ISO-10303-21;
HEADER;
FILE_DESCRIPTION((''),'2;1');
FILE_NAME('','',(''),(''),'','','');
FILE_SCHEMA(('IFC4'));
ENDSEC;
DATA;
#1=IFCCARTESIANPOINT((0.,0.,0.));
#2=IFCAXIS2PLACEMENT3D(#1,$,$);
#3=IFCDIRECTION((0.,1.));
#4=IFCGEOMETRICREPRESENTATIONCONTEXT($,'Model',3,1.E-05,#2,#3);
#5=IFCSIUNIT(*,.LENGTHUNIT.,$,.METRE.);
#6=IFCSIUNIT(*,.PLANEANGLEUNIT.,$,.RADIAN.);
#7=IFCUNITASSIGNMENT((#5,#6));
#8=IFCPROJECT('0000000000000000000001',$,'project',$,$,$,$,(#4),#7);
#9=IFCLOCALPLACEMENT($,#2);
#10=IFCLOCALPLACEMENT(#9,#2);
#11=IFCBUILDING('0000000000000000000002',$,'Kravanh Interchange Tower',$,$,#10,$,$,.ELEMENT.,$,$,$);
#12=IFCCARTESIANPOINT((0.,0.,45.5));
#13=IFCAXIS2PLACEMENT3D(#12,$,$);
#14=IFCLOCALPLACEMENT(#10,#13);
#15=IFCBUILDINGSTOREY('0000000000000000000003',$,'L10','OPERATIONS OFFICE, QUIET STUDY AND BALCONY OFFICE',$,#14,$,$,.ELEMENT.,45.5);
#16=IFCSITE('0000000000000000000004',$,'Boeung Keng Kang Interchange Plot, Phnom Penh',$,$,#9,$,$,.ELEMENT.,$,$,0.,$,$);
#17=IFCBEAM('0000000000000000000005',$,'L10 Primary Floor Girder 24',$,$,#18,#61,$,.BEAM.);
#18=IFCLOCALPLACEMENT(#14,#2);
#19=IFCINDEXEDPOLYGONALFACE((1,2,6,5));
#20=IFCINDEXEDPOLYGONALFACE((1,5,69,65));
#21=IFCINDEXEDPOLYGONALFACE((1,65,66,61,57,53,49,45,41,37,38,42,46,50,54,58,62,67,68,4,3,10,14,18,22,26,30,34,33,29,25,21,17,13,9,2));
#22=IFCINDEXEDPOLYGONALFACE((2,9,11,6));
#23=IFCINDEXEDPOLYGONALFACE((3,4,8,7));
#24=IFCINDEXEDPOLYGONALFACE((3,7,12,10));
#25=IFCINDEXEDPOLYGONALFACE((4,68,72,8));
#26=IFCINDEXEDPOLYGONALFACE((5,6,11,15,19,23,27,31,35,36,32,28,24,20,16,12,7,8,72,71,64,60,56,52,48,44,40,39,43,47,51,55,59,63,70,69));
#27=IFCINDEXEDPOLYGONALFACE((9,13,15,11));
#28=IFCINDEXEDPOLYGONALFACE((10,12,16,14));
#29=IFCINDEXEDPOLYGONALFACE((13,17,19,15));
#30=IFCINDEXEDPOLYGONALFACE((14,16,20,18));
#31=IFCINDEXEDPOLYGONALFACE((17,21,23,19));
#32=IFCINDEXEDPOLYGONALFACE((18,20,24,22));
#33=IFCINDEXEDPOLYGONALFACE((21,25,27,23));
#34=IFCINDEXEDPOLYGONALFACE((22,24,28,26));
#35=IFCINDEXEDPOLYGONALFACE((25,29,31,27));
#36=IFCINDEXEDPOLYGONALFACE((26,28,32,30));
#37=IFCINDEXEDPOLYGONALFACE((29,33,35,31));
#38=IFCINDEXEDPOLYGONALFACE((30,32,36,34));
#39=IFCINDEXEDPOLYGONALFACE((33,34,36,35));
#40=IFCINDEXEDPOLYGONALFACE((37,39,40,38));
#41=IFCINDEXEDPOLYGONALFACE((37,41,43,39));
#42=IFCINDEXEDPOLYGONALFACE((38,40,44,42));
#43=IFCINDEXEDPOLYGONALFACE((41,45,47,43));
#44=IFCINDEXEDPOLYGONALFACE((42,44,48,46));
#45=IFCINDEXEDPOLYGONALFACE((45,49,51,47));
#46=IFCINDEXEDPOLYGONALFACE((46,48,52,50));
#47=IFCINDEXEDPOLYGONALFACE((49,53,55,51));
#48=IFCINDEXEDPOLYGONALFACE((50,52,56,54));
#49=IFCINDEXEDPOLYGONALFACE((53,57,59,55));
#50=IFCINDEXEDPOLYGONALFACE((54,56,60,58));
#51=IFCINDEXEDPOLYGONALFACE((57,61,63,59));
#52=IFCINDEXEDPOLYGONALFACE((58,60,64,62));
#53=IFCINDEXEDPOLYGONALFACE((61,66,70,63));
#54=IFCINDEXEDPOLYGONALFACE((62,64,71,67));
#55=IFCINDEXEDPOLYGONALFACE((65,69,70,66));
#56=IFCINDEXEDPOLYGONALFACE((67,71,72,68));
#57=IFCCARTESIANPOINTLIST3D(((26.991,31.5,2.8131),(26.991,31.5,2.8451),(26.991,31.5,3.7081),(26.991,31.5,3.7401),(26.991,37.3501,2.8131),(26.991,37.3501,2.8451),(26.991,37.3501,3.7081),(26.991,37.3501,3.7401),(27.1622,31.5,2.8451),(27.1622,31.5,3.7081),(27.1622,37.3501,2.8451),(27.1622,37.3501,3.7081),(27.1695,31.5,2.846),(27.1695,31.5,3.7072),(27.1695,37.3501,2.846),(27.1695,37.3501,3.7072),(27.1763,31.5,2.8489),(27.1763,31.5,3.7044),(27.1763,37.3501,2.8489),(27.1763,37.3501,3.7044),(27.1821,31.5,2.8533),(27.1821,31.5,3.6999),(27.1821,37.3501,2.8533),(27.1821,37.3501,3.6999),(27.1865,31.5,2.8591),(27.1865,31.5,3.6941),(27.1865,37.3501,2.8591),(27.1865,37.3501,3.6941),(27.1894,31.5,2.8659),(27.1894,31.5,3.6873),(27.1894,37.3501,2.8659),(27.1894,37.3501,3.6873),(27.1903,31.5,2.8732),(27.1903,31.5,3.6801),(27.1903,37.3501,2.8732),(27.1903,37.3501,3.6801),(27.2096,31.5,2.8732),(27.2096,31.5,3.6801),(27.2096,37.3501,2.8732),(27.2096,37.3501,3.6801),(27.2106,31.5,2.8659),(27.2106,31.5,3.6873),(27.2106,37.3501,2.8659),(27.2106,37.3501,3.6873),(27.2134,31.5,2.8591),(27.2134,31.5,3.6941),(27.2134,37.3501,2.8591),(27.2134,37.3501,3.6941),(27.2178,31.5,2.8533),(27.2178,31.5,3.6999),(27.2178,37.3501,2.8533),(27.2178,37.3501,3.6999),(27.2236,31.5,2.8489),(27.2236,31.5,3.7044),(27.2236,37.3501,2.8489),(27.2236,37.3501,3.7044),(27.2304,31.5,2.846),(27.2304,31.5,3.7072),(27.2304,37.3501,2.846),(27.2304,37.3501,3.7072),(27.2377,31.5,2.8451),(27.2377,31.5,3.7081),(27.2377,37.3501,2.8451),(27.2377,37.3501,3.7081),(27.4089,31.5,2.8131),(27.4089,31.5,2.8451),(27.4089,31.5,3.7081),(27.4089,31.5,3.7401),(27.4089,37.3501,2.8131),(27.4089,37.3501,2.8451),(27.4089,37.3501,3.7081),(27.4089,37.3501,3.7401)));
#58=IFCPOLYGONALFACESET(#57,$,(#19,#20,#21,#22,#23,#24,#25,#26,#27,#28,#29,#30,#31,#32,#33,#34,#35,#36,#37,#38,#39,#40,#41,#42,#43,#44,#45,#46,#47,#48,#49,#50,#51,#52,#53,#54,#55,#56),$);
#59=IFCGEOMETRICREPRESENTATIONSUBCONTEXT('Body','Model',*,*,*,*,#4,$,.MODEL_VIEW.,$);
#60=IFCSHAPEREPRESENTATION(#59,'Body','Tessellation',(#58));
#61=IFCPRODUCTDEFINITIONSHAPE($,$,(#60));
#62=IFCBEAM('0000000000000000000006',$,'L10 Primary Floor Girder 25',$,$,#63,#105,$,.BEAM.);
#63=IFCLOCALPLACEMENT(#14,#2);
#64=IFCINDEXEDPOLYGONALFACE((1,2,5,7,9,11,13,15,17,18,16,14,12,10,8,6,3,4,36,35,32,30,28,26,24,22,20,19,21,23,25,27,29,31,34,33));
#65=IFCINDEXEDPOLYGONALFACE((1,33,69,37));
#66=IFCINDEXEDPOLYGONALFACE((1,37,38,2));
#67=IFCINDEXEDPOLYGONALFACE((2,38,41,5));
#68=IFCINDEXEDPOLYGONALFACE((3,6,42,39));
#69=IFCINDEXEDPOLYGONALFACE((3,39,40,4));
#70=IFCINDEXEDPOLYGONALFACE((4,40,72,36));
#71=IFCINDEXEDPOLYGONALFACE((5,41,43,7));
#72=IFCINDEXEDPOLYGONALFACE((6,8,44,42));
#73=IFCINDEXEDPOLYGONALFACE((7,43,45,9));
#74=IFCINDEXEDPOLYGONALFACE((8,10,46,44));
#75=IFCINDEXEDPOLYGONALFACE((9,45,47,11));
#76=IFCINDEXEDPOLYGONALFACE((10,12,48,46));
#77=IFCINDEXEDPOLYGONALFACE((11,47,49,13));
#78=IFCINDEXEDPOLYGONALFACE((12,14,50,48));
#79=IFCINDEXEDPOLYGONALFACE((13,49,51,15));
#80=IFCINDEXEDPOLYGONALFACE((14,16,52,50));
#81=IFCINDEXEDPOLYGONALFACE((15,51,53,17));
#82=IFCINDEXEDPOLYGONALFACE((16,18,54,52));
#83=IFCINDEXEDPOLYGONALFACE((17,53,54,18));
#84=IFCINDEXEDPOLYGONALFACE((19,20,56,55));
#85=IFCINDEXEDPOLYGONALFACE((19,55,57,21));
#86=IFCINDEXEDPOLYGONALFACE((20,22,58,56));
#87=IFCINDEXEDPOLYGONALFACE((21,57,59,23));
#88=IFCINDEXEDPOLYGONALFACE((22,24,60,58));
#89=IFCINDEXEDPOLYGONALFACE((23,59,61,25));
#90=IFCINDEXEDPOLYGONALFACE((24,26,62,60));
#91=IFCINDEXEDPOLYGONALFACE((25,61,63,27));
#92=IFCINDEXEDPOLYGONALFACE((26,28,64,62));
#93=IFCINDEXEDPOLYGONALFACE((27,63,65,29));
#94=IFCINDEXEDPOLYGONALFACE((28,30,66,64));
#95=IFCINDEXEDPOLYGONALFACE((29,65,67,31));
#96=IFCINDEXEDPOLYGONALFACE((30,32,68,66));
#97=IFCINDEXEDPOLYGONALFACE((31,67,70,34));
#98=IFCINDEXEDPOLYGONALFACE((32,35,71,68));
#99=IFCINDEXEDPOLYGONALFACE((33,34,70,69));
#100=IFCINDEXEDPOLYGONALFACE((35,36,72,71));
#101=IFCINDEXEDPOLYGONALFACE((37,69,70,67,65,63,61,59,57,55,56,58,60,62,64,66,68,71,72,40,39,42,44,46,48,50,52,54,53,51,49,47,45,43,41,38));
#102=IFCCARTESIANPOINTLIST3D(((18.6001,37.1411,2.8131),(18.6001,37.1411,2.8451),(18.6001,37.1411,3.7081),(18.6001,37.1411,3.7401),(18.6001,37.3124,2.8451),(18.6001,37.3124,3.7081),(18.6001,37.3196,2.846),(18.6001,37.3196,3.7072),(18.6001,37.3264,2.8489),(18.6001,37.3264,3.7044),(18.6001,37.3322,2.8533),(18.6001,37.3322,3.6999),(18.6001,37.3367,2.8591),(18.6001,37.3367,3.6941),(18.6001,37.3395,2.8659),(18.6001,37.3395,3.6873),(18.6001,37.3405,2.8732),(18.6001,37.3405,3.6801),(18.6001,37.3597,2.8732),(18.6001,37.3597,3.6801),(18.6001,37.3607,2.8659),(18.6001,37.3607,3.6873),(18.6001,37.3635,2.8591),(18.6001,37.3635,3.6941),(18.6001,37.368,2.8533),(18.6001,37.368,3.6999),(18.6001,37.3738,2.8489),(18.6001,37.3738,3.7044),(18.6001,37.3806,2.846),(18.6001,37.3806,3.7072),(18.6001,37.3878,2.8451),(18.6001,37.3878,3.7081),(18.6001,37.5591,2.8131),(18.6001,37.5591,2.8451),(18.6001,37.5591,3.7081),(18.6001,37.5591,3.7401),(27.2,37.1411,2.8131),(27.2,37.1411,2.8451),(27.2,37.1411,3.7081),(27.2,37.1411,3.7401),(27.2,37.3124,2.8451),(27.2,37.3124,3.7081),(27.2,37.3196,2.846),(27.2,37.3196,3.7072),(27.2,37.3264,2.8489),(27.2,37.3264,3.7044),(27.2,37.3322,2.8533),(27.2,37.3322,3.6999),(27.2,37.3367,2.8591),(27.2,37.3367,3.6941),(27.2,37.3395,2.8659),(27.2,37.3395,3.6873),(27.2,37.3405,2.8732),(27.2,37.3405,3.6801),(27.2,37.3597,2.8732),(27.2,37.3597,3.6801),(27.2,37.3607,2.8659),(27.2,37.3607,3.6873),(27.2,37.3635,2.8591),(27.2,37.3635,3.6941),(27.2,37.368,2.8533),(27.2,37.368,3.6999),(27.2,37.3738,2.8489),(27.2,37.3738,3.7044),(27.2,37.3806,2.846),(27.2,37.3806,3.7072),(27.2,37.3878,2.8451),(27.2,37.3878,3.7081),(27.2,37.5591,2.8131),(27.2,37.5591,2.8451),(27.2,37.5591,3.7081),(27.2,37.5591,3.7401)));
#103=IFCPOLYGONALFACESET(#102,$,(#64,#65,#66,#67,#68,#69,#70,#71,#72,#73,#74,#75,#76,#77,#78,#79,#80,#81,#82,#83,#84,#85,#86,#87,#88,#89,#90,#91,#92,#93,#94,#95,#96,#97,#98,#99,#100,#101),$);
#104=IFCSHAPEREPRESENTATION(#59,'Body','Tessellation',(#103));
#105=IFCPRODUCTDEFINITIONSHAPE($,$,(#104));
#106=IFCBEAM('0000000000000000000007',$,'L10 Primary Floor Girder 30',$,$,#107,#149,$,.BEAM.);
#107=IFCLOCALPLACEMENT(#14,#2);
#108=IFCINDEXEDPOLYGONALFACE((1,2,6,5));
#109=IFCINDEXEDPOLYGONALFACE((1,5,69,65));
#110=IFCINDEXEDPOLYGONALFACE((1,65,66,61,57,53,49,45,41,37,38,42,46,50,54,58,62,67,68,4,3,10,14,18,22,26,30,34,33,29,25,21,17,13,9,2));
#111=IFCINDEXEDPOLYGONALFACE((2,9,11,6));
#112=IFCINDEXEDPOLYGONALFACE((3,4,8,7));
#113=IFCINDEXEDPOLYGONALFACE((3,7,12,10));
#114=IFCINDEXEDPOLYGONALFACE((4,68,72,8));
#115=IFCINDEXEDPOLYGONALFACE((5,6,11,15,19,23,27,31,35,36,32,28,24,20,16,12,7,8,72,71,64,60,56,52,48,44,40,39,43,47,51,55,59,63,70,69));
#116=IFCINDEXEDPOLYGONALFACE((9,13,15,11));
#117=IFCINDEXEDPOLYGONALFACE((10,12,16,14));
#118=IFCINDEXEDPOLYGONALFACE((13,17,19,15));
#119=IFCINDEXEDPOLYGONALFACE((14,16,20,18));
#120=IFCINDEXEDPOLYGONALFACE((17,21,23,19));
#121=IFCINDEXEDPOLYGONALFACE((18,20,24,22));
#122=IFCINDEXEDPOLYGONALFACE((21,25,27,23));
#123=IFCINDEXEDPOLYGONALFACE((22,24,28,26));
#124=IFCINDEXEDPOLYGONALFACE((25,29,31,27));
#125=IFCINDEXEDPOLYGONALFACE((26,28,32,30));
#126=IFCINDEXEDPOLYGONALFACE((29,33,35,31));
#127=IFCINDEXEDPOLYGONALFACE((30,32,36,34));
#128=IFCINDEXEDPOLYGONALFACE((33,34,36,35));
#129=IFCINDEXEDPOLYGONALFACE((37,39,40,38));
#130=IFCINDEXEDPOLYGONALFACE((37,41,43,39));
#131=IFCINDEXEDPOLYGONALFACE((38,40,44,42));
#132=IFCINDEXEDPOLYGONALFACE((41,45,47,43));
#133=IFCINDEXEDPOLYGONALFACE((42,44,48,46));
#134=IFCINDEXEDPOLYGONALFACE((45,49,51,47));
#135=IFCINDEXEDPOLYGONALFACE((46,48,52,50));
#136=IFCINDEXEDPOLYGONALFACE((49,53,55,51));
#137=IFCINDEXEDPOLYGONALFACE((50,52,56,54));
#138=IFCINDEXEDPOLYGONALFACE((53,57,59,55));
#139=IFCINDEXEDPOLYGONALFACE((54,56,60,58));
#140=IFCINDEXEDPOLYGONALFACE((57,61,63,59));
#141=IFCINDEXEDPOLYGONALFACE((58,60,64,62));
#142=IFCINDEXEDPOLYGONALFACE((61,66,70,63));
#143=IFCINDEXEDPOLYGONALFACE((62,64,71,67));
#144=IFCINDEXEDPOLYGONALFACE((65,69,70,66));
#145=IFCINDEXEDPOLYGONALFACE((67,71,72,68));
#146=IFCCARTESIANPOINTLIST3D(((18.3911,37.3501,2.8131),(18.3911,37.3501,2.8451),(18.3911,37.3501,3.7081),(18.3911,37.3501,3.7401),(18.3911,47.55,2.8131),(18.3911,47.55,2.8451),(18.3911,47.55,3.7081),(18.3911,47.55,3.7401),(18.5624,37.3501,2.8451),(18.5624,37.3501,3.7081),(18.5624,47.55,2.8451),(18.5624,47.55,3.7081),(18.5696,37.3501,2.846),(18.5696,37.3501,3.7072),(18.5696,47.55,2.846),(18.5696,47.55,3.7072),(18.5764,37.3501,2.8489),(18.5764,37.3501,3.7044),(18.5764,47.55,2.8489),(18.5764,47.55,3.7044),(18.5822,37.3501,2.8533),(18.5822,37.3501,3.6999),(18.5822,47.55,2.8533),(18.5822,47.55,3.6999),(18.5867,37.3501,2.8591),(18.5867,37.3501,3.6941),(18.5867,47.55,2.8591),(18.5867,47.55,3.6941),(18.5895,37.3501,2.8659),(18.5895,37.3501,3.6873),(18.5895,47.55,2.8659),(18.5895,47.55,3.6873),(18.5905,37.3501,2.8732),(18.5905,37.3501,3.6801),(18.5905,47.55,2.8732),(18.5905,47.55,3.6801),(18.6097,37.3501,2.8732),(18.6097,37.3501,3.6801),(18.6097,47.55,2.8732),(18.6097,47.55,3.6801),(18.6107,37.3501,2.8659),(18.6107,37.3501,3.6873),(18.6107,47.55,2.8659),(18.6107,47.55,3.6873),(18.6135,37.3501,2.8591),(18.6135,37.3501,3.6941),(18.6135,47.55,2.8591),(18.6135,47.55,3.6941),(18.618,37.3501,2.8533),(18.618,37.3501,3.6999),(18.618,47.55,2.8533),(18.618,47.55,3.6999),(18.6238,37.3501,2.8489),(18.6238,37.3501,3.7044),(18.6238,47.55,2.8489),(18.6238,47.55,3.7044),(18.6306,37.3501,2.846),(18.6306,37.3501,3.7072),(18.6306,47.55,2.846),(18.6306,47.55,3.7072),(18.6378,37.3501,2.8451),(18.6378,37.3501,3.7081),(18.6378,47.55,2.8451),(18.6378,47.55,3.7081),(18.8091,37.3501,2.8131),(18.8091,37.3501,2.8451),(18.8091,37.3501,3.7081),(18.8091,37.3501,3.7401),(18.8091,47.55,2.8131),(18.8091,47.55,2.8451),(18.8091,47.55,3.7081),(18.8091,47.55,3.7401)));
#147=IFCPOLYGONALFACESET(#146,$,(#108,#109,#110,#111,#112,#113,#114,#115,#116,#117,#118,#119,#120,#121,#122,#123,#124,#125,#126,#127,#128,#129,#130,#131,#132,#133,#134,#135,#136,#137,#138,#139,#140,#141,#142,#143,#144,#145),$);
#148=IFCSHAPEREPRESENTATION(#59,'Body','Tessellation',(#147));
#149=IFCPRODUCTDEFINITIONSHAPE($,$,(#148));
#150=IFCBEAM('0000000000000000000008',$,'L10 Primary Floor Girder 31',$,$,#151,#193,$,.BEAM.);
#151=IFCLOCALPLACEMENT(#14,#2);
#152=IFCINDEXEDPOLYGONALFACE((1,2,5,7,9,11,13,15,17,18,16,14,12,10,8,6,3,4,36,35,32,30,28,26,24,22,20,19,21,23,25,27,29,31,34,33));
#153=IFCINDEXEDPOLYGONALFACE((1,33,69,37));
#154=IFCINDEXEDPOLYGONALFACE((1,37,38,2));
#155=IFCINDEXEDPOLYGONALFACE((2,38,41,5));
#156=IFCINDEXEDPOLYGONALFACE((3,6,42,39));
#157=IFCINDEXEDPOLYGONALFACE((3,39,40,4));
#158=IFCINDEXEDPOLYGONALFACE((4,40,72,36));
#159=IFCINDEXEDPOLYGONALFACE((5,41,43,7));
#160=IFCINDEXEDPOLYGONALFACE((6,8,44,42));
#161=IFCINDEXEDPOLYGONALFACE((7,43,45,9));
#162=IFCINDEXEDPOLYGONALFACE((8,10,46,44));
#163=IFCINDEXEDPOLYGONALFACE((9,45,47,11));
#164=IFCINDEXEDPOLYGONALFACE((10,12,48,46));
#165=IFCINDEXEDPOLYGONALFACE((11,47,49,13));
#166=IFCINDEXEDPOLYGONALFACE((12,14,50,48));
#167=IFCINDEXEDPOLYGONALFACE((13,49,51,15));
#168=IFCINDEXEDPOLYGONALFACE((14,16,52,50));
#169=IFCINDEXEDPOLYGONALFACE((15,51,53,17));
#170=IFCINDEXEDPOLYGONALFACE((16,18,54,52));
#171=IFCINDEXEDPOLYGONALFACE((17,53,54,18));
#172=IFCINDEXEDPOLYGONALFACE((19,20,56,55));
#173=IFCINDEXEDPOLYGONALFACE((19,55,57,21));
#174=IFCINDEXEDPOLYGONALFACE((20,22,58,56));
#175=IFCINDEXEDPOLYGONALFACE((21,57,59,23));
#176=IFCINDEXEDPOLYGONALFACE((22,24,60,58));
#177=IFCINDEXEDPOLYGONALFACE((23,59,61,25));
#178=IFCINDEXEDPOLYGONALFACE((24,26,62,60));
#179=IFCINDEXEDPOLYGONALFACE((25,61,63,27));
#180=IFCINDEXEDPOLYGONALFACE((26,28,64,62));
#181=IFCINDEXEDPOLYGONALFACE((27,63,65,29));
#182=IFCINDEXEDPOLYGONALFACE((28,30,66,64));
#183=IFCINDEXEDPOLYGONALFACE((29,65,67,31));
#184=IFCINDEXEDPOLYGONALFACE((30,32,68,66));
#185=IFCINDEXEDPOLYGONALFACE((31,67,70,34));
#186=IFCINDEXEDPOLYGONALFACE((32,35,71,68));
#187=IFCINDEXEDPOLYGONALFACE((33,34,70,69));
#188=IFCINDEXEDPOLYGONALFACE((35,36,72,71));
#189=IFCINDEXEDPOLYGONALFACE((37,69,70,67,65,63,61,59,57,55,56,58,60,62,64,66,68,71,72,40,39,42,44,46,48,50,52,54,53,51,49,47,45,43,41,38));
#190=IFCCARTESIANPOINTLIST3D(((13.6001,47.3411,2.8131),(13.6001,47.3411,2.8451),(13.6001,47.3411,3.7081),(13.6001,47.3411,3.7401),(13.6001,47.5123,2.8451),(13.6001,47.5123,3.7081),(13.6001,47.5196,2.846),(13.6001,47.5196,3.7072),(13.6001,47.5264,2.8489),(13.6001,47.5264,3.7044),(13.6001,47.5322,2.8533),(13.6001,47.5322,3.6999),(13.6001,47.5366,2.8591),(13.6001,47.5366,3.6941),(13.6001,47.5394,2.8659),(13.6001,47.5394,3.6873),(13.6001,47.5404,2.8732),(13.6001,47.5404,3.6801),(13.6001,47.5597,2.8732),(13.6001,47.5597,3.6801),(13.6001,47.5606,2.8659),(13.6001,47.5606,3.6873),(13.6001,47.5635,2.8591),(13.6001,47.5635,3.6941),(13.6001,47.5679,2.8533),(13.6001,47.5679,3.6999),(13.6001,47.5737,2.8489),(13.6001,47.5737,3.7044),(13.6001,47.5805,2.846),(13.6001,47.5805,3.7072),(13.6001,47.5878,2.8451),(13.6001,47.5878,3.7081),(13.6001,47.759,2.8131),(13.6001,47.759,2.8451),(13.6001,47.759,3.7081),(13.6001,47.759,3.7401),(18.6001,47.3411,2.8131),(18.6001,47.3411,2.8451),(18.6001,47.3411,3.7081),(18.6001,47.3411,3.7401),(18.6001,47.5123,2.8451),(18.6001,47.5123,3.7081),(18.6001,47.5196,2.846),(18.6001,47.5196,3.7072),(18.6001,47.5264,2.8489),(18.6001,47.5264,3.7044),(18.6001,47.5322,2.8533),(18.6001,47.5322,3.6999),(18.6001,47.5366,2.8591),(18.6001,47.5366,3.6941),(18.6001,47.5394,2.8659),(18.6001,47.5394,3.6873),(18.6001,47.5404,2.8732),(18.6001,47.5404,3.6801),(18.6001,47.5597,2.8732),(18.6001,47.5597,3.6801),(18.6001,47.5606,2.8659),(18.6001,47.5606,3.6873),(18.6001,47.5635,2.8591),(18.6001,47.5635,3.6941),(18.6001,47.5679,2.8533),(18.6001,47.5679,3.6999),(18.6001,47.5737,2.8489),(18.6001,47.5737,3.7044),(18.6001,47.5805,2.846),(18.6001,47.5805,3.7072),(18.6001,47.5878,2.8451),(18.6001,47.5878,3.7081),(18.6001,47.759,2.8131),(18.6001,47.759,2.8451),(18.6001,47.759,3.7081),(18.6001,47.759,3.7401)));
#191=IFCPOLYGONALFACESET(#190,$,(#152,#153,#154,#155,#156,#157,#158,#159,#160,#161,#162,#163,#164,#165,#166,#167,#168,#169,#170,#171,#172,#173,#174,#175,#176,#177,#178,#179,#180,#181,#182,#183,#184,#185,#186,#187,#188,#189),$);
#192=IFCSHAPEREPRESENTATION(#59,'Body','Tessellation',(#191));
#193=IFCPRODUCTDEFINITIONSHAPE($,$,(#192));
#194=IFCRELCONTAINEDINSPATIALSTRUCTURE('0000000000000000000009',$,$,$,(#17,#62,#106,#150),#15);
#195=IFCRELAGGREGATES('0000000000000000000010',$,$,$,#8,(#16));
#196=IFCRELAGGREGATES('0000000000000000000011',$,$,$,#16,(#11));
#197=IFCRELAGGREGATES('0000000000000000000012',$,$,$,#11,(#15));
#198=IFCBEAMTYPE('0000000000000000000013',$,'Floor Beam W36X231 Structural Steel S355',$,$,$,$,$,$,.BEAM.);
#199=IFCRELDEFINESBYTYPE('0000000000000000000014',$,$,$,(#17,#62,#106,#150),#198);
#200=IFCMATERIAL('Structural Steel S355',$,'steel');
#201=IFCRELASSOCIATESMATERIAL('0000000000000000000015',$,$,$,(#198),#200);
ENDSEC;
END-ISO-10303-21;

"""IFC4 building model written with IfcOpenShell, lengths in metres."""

from ifc_helpers import new_model, si_unit, direction, frame, origin, origin_2d, place, context, subcontext, project, spatial, i_section, extrude, material, material_profile, profile_set, type_object, element, save


model = new_model("IFC4")

# Units and contexts
model_context = context("Model", 3, precision=1e-05, world=origin(), true_north=direction((0.0, 1.0)))
body_context = subcontext(model_context, "Body", "Model", "MODEL_VIEW")
ifc_project = project(units=[si_unit("LENGTHUNIT", "METRE"), si_unit("PLANEANGLEUNIT", "RADIAN")], contexts=[model_context])

# Site, building, storey
site_placement = place(None, origin())
site = spatial("IfcSite", under=ifc_project, at=site_placement, Name="Boeung Keng Kang Interchange Plot, Phnom Penh", CompositionType="ELEMENT", RefElevation=0.0)
building_placement = place(site_placement, origin())
building = spatial("IfcBuilding", under=site, at=building_placement, Name="Kravanh Interchange Tower", CompositionType="ELEMENT")
storey_placement = place(building_placement, frame((0.0, 0.0, 45.5)))
storey = spatial("IfcBuildingStorey", under=building, at=storey_placement, Name="L10", Description="OPERATIONS OFFICE, QUIET STUDY AND BALCONY OFFICE", CompositionType="ELEMENT", Elevation=45.5)

# Beams
ifc_material_1 = material(Name="Structural Steel S355", Category="steel")
ifc_material_profile_1 = material_profile(ifc_material_1, i_section(OverallWidth=0.418, OverallDepth=0.927, WebThickness=0.0193, FlangeThickness=0.032, FilletRadius=0.0281, at=origin_2d()), Name="W36X231")
ifc_profile_set_1 = profile_set([ifc_material_profile_1], Name="Structural Steel S355")
beam_type = type_object("IfcBeamType", Name="Floor Beam W36X231 Structural Steel S355", PredefinedType="BEAM", material=ifc_profile_set_1)
beam_1_placement = place(storey_placement, frame((27.2, 37.3501, 3.2766), z_axis=(0.0, -1.0, 0.0), x_axis=(1.0, 0.0, 0.0)))
element("IfcBeam", 1, at=beam_1_placement, inside=storey, type_object=beam_type, Name="L10 Primary Floor Girder 24", PredefinedType="BEAM", context=body_context, shape_type="SweptSolid", body=[
    extrude(i_section(OverallWidth=0.418, OverallDepth=0.927, WebThickness=0.0193, FlangeThickness=0.032, FilletRadius=0.0281, at=origin_2d()), origin(), (0.0, 0.0, 1.0), 5.8501),
])
beam_2_placement = place(storey_placement, frame((27.2, 37.3501, 3.2766), z_axis=(-1.0, 0.0, 0.0), x_axis=(0.0, -1.0, 0.0)))
element("IfcBeam", 2, at=beam_2_placement, inside=storey, type_object=beam_type, Name="L10 Primary Floor Girder 25", PredefinedType="BEAM", context=body_context, shape_type="SweptSolid", body=[
    extrude(i_section(OverallWidth=0.418, OverallDepth=0.927, WebThickness=0.0193, FlangeThickness=0.032, FilletRadius=0.0281, at=origin_2d()), origin(), (0.0, 0.0, 1.0), 8.5999),
])
beam_3_placement = place(storey_placement, frame((18.6001, 37.3501, 3.2766), z_axis=(0.0, 1.0, 0.0), x_axis=(-1.0, 0.0, 0.0)))
element("IfcBeam", 3, at=beam_3_placement, inside=storey, type_object=beam_type, Name="L10 Primary Floor Girder 30", PredefinedType="BEAM", context=body_context, shape_type="SweptSolid", body=[
    extrude(i_section(OverallWidth=0.418, OverallDepth=0.927, WebThickness=0.0193, FlangeThickness=0.032, FilletRadius=0.0281, at=origin_2d()), origin(), (0.0, 0.0, 1.0), 10.2),
])
beam_4_placement = place(storey_placement, frame((18.6001, 47.55, 3.2766), z_axis=(-1.0, 0.0, 0.0), x_axis=(0.0, -1.0, 0.0)))
element("IfcBeam", 4, at=beam_4_placement, inside=storey, type_object=beam_type, Name="L10 Primary Floor Girder 31", PredefinedType="BEAM", context=body_context, shape_type="SweptSolid", body=[
    extrude(i_section(OverallWidth=0.418, OverallDepth=0.927, WebThickness=0.0193, FlangeThickness=0.032, FilletRadius=0.0281, at=origin_2d()), origin(), (0.0, 0.0, 1.0), 5.0),
])

save(model, "model.ifc")
